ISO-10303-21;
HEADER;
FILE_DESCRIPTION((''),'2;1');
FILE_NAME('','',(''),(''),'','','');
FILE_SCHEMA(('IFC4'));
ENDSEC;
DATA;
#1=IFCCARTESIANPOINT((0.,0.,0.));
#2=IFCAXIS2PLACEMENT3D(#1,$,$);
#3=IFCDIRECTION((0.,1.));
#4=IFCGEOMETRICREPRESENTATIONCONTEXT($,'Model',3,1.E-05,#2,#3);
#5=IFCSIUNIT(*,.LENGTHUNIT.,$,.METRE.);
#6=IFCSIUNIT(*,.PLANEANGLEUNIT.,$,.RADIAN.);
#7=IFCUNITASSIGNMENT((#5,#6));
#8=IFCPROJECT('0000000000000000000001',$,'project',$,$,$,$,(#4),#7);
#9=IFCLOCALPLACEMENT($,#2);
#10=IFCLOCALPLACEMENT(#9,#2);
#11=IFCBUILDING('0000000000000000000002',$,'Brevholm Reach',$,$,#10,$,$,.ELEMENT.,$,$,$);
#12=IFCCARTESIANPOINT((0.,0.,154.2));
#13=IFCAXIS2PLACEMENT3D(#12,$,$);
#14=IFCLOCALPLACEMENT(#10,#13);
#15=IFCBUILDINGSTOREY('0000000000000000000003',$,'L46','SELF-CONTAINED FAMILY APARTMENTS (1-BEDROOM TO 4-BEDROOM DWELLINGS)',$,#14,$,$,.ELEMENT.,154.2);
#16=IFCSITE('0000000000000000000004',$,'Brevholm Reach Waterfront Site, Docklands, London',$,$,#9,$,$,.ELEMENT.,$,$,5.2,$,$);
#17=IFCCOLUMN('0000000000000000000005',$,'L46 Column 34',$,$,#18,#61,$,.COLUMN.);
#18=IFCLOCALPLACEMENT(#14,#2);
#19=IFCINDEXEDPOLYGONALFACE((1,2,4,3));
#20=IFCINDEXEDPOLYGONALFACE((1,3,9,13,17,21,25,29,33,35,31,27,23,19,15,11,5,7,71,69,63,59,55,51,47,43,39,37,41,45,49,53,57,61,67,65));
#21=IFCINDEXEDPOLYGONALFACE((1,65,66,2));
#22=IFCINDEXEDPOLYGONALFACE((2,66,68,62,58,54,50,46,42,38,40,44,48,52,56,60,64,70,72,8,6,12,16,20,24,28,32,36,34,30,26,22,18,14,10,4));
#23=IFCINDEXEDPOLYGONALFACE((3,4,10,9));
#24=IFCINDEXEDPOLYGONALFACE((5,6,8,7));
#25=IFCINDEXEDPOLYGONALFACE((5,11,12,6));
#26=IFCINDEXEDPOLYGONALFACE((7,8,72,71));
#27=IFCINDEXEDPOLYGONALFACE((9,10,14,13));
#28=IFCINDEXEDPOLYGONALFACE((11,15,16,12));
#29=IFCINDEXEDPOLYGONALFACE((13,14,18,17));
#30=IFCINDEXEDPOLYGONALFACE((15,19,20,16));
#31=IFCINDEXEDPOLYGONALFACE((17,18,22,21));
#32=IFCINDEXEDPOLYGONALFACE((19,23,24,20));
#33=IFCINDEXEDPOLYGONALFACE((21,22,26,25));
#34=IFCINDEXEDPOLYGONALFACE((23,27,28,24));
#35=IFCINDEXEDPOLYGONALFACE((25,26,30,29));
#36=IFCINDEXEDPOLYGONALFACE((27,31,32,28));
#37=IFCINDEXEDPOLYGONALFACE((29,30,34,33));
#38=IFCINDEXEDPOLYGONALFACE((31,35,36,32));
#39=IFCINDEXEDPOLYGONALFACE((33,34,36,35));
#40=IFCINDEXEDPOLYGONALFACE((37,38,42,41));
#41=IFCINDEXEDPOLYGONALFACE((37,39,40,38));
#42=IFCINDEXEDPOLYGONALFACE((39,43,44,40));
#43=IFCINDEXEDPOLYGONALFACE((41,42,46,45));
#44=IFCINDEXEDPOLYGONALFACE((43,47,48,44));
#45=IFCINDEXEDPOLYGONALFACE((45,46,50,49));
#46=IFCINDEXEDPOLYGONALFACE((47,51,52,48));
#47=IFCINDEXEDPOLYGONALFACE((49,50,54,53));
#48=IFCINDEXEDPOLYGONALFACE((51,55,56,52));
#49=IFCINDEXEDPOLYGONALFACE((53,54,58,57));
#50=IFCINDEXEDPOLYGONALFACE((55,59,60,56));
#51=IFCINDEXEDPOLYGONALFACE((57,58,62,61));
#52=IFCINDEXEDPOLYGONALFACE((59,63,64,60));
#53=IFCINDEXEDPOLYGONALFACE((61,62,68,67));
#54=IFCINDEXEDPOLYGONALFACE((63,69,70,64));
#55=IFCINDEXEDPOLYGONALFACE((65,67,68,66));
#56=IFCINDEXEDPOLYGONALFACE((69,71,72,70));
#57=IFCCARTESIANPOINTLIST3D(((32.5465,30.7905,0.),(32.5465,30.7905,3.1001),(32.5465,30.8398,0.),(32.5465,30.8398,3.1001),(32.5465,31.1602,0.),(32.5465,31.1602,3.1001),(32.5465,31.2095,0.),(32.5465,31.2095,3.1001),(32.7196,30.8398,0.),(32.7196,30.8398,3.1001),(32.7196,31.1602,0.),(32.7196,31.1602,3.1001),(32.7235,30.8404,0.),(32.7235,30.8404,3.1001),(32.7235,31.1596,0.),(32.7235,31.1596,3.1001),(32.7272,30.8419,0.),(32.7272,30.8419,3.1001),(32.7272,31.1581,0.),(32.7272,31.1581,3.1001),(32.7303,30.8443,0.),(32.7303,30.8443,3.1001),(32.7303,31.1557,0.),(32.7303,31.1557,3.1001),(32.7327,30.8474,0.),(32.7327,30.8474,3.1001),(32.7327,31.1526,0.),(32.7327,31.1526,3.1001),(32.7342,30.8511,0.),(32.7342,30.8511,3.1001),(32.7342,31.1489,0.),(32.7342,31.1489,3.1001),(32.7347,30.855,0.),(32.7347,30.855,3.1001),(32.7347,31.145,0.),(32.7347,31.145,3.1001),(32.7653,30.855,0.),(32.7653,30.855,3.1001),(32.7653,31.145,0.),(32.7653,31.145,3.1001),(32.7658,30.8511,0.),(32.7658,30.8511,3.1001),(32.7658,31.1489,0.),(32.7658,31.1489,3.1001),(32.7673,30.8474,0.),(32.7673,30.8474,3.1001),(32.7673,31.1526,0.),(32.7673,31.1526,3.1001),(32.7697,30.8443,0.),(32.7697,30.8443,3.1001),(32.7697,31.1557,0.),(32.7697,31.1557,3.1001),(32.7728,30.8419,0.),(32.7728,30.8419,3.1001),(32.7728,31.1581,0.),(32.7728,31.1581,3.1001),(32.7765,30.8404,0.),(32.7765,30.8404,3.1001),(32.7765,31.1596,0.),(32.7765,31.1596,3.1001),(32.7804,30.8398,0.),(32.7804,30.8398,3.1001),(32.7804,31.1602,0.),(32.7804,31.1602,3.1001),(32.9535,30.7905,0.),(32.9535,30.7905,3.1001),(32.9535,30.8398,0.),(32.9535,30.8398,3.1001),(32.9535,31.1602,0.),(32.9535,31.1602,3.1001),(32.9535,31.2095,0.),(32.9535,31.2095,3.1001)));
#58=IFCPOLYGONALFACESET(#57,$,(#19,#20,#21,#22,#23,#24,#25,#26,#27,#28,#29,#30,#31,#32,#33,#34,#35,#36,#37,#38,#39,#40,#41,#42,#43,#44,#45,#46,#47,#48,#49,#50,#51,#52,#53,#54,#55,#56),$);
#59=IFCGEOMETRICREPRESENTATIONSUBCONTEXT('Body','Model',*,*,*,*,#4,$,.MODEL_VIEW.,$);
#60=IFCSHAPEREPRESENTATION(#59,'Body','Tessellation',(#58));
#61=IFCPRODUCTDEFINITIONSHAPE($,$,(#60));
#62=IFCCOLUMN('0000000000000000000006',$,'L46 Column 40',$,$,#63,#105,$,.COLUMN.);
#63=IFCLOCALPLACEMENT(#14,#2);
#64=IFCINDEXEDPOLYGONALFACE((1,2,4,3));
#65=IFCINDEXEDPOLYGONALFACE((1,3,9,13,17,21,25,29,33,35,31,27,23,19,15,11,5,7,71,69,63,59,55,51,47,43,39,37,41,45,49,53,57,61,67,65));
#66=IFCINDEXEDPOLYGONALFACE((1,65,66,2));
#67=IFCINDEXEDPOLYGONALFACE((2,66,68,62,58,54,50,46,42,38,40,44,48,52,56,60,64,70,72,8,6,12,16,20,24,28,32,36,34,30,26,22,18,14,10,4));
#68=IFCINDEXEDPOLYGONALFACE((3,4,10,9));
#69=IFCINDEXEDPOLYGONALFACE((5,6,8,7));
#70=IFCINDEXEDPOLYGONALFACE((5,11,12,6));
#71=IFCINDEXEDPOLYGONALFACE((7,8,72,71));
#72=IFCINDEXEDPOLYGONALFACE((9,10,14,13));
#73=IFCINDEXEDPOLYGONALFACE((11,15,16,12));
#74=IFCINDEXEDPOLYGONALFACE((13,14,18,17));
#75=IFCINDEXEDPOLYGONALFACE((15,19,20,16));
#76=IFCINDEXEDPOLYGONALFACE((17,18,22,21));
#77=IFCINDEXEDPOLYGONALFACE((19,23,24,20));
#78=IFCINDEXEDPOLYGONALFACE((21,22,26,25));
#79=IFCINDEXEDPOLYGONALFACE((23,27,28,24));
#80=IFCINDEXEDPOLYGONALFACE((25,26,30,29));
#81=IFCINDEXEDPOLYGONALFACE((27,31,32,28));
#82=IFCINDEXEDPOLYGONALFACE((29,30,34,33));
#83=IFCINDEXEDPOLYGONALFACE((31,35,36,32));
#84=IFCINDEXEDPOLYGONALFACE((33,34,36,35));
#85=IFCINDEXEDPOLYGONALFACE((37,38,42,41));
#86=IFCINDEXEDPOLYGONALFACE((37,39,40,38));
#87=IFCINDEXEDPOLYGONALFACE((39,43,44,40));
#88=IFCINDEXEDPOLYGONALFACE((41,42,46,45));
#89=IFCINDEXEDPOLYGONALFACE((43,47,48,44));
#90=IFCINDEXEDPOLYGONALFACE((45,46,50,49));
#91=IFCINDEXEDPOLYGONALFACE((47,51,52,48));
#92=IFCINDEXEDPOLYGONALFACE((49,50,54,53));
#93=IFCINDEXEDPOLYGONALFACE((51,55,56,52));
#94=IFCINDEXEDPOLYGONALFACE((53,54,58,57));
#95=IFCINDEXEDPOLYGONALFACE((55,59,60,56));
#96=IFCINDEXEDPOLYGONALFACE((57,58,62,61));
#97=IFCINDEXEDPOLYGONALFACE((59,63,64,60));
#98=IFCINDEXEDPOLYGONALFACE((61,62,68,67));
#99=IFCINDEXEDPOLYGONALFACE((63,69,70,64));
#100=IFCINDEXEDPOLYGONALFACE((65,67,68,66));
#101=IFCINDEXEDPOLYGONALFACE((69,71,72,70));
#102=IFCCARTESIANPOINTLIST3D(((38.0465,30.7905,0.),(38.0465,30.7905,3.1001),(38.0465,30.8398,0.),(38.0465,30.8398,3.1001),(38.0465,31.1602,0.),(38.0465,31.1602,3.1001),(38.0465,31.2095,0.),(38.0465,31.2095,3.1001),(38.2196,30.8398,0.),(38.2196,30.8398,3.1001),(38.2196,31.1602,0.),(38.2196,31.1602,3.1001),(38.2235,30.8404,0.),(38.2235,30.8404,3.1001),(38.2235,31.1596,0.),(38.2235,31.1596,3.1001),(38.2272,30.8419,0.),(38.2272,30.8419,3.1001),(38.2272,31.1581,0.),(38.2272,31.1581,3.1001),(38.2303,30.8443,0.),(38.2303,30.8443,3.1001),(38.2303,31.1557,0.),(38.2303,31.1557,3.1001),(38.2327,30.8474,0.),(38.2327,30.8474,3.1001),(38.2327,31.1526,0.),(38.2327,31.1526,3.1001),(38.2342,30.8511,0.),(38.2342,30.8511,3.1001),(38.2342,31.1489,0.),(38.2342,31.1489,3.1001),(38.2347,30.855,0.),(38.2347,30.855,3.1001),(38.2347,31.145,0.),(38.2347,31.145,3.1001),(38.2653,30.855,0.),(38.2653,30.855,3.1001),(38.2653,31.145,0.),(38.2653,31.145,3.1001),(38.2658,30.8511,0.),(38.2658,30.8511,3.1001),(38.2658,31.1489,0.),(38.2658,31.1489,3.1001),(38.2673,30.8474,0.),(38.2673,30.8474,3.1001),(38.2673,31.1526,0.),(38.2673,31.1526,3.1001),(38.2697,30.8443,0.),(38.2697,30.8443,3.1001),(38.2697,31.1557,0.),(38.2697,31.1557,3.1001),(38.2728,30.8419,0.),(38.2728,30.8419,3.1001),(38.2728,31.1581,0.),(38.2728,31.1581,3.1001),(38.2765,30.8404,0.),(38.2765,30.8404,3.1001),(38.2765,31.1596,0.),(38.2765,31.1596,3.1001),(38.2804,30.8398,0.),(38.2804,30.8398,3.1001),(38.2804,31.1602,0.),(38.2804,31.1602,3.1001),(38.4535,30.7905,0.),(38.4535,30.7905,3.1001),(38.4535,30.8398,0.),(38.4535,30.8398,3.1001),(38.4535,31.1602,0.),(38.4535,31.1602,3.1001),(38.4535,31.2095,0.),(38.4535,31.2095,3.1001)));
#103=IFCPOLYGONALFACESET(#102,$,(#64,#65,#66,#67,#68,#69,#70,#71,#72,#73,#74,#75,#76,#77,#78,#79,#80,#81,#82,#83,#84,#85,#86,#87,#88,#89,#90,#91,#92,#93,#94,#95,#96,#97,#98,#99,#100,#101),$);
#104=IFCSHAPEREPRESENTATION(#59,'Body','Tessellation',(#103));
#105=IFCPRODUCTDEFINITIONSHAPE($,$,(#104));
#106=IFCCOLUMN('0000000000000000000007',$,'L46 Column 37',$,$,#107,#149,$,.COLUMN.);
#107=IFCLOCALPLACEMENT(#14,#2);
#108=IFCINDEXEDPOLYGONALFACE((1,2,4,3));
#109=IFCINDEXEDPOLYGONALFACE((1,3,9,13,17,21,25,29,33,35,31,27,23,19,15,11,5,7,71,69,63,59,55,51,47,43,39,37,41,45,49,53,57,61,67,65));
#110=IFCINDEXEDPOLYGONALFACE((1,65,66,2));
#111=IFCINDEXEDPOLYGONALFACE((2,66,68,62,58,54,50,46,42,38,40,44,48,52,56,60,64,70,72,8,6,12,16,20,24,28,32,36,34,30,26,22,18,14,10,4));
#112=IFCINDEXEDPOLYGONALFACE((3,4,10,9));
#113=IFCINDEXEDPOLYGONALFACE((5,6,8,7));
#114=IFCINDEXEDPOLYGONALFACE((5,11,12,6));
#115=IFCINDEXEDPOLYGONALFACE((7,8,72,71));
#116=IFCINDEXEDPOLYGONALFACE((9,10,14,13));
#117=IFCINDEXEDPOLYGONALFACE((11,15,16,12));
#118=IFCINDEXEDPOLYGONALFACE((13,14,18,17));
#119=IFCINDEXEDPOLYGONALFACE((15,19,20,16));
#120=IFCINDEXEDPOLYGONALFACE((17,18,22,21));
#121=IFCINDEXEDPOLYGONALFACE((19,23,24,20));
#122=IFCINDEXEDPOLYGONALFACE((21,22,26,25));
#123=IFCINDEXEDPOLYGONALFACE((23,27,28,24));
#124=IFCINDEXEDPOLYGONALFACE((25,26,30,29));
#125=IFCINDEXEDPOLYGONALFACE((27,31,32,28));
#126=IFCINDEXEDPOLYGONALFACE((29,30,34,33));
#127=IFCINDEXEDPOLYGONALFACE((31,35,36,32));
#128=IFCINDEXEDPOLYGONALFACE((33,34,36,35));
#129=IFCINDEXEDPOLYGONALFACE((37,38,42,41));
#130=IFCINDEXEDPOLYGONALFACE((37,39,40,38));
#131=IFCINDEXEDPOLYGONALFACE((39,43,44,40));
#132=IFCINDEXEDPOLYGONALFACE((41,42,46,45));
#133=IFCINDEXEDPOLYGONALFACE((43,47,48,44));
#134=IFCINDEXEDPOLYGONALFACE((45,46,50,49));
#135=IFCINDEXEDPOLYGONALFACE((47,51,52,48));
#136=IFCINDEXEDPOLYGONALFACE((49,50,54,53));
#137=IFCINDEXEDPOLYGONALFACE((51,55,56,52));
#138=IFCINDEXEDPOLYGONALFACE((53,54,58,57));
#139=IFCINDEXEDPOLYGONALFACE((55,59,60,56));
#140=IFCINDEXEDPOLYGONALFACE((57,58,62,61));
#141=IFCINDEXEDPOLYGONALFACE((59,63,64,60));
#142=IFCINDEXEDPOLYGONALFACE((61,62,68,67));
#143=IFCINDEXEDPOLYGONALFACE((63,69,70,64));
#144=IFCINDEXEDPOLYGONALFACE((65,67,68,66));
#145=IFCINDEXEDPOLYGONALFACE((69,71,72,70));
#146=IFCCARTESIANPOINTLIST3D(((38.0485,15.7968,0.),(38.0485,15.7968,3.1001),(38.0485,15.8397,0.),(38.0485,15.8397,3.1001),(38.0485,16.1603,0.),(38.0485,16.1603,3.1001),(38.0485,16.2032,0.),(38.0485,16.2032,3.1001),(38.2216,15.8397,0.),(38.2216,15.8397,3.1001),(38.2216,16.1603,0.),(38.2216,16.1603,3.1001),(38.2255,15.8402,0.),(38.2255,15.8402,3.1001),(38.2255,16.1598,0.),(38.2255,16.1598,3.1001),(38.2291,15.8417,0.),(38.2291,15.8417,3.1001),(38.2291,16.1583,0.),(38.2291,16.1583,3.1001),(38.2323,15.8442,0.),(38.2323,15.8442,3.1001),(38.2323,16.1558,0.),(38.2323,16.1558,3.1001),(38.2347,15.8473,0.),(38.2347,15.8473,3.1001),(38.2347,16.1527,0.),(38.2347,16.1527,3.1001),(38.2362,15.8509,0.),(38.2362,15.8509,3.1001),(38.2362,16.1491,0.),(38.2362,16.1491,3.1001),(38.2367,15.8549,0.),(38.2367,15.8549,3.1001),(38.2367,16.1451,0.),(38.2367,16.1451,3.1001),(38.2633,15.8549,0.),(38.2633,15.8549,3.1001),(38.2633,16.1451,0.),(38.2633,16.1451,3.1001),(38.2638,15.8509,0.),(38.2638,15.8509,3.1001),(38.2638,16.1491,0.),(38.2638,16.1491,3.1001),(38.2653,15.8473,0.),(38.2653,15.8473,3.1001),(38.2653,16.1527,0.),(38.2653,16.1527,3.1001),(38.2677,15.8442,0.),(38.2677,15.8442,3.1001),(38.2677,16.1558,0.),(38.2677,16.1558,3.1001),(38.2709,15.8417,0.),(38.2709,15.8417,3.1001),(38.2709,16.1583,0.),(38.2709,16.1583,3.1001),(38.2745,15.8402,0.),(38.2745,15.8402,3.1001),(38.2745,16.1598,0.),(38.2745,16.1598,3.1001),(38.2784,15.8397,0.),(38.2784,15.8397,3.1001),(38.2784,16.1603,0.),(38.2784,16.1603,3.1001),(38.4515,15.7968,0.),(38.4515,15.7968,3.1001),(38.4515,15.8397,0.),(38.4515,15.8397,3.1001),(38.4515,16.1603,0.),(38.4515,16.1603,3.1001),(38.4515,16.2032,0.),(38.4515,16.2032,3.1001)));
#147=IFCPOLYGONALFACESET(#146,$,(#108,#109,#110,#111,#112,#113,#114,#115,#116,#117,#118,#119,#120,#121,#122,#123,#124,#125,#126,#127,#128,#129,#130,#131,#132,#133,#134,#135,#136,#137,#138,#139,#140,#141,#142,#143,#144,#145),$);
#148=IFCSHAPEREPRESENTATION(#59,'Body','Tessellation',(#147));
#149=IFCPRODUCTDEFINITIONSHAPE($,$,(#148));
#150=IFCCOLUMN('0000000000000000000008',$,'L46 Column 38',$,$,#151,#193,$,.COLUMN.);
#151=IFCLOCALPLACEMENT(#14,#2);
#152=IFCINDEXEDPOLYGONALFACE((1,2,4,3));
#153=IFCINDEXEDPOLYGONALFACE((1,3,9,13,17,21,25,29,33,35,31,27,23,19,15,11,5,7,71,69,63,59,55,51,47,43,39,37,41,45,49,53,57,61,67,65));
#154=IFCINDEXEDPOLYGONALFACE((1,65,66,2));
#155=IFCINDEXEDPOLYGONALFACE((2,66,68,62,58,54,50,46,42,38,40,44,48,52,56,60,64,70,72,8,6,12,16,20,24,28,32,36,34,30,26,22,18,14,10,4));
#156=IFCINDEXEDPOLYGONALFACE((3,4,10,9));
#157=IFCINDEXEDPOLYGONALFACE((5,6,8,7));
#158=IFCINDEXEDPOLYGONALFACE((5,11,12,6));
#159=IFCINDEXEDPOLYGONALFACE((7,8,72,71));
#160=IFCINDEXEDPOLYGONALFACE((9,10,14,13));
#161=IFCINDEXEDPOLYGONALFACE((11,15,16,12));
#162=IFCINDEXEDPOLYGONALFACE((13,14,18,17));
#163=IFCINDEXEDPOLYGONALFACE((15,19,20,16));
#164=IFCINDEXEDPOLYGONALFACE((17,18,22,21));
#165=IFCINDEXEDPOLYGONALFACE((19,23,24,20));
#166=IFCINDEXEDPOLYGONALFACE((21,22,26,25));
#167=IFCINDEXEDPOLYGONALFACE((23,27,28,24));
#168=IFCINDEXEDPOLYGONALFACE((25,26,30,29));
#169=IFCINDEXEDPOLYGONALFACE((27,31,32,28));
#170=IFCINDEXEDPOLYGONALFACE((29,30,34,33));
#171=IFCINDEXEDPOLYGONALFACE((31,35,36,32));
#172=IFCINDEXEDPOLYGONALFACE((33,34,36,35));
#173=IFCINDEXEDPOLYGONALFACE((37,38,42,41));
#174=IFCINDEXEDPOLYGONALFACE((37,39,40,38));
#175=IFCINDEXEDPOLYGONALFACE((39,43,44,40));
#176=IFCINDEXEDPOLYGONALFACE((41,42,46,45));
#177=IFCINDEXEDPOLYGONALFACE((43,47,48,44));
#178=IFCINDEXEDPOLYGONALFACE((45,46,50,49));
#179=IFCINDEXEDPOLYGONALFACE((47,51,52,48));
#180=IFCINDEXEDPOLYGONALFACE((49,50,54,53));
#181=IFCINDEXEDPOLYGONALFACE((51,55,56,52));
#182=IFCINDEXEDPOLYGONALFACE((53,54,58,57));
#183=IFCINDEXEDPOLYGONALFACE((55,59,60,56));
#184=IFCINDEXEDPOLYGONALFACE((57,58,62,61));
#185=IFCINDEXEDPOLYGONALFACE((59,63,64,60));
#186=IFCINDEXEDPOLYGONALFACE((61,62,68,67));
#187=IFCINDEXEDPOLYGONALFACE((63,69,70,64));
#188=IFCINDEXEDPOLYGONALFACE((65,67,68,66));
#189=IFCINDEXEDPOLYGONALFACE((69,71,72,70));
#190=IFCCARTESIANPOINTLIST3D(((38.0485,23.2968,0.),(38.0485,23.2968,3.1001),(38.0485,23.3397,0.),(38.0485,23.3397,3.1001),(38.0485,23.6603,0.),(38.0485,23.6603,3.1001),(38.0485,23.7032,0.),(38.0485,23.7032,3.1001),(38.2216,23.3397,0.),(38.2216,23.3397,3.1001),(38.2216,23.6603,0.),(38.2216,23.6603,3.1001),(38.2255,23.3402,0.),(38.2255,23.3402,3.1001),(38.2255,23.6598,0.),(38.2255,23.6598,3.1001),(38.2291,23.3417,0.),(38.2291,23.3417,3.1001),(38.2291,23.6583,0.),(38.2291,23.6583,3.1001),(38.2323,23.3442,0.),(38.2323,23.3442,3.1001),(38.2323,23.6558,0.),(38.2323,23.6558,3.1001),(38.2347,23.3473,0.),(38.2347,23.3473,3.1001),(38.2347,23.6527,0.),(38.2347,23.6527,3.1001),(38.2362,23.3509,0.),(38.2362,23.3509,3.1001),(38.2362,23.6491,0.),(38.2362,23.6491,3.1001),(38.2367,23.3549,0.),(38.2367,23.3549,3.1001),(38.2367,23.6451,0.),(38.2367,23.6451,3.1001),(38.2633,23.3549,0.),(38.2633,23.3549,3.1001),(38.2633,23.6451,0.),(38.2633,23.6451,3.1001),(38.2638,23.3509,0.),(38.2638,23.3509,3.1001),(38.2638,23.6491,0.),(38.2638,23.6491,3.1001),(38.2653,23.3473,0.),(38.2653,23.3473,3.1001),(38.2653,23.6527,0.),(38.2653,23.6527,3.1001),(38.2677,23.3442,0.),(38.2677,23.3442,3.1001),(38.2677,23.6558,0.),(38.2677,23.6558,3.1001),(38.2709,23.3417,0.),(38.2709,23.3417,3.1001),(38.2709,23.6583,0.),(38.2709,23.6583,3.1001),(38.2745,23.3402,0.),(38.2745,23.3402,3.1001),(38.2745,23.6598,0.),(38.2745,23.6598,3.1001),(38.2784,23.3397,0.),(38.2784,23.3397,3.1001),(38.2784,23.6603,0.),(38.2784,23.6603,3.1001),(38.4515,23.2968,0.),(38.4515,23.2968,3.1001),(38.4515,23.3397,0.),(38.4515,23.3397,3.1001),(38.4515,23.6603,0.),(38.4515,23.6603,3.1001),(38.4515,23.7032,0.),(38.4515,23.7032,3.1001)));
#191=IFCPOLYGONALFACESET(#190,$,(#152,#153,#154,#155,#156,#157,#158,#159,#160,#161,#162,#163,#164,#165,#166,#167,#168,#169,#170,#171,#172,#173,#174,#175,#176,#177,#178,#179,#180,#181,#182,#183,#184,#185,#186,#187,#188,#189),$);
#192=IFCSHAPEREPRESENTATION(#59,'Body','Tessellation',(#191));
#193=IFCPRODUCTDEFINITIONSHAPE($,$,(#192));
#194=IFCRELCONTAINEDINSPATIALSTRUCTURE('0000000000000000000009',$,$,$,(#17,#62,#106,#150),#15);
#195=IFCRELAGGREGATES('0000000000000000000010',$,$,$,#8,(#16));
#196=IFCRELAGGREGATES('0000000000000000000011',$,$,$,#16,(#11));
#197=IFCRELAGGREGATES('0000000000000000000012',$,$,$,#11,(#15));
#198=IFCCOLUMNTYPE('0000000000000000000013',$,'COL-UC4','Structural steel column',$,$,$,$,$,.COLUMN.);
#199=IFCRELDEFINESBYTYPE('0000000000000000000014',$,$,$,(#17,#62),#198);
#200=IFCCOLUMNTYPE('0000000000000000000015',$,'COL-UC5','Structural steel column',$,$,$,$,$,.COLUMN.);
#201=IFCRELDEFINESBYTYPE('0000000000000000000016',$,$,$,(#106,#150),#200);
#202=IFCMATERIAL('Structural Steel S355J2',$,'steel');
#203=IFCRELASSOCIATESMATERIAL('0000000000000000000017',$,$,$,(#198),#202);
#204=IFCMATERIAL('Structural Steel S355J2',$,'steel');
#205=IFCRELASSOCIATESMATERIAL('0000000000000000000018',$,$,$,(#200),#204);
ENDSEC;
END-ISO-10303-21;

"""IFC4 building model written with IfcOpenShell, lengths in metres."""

from ifc_helpers import new_model, si_unit, direction, frame, origin, origin_2d, place, context, subcontext, project, spatial, i_section, extrude, material, material_profile, profile_set, type_object, element, save


model = new_model("IFC4")

# Units and contexts
model_context = context("Model", 3, precision=1e-05, world=origin(), true_north=direction((0.0, 1.0)))
body_context = subcontext(model_context, "Body", "Model", "MODEL_VIEW")
ifc_project = project(units=[si_unit("LENGTHUNIT", "METRE"), si_unit("PLANEANGLEUNIT", "RADIAN")], contexts=[model_context])

# Site, building, storey
site_placement = place(None, origin())
site = spatial("IfcSite", under=ifc_project, at=site_placement, Name="Brevholm Reach Waterfront Site, Docklands, London", CompositionType="ELEMENT", RefElevation=5.2)
building_placement = place(site_placement, origin())
building = spatial("IfcBuilding", under=site, at=building_placement, Name="Brevholm Reach", CompositionType="ELEMENT")
storey_placement = place(building_placement, frame((0.0, 0.0, 154.2)))
storey = spatial("IfcBuildingStorey", under=building, at=storey_placement, Name="L46", Description="SELF-CONTAINED FAMILY APARTMENTS (1-BEDROOM TO 4-BEDROOM DWELLINGS)", CompositionType="ELEMENT", Elevation=154.2)

# Columns
ifc_material_1 = material(Name="Structural Steel S355J2", Category="steel")
ifc_material_profile_1 = material_profile(ifc_material_1, i_section(OverallWidth=0.407, OverallDepth=0.4189, WebThickness=0.0305, FlangeThickness=0.0493, FilletRadius=0.0151, at=origin_2d()), Name="UKC 356x406x393")
ifc_profile_set_1 = profile_set([ifc_material_profile_1], Name="Structural Steel S355J2")
column_type_1 = type_object("IfcColumnType", Name="COL-UC4", Description="Structural steel column", PredefinedType="COLUMN", material=ifc_profile_set_1)
for number, where, z_axis, x_axis, name in (
    (1, (32.75, 31.0, 0.0), (0.0, 0.0, 1.0), (1.0, 0.0, 0.0), "L46 Column 34"),
    (2, (38.25, 31.0, 0.0), (0.0, 0.0, 1.0), (1.0, 0.0, 0.0), "L46 Column 40"),
):
    element("IfcColumn", number, at=place(storey_placement, frame(where, z_axis=z_axis, x_axis=x_axis)), inside=storey, type_object=column_type_1, Name=name, PredefinedType="COLUMN", context=body_context, shape_type="SweptSolid", body=[
        extrude(i_section(OverallWidth=0.407, OverallDepth=0.4189, WebThickness=0.0305, FlangeThickness=0.0493, FilletRadius=0.0151, at=origin_2d()), origin(), (0.0, 0.0, 1.0), 3.1001),
    ])
ifc_material_2 = material(Name="Structural Steel S355J2", Category="steel")
ifc_material_profile_2 = material_profile(ifc_material_2, i_section(OverallWidth=0.4031, OverallDepth=0.4065, WebThickness=0.0266, FlangeThickness=0.043, FilletRadius=0.0151, at=origin_2d()), Name="UKC 356x406x340")
ifc_profile_set_2 = profile_set([ifc_material_profile_2], Name="Structural Steel S355J2")
column_type_2 = type_object("IfcColumnType", Name="COL-UC5", Description="Structural steel column", PredefinedType="COLUMN", material=ifc_profile_set_2)
for number, where, z_axis, x_axis, name in (
    (3, (38.25, 16.0, 0.0), (0.0, 0.0, 1.0), (1.0, 0.0, 0.0), "L46 Column 37"),
    (4, (38.25, 23.5, 0.0), (0.0, 0.0, 1.0), (1.0, 0.0, 0.0), "L46 Column 38"),
):
    element("IfcColumn", number, at=place(storey_placement, frame(where, z_axis=z_axis, x_axis=x_axis)), inside=storey, type_object=column_type_2, Name=name, PredefinedType="COLUMN", context=body_context, shape_type="SweptSolid", body=[
        extrude(i_section(OverallWidth=0.4031, OverallDepth=0.4065, WebThickness=0.0266, FlangeThickness=0.043, FilletRadius=0.0151, at=origin_2d()), origin(), (0.0, 0.0, 1.0), 3.1001),
    ])

save(model, "model.ifc")
